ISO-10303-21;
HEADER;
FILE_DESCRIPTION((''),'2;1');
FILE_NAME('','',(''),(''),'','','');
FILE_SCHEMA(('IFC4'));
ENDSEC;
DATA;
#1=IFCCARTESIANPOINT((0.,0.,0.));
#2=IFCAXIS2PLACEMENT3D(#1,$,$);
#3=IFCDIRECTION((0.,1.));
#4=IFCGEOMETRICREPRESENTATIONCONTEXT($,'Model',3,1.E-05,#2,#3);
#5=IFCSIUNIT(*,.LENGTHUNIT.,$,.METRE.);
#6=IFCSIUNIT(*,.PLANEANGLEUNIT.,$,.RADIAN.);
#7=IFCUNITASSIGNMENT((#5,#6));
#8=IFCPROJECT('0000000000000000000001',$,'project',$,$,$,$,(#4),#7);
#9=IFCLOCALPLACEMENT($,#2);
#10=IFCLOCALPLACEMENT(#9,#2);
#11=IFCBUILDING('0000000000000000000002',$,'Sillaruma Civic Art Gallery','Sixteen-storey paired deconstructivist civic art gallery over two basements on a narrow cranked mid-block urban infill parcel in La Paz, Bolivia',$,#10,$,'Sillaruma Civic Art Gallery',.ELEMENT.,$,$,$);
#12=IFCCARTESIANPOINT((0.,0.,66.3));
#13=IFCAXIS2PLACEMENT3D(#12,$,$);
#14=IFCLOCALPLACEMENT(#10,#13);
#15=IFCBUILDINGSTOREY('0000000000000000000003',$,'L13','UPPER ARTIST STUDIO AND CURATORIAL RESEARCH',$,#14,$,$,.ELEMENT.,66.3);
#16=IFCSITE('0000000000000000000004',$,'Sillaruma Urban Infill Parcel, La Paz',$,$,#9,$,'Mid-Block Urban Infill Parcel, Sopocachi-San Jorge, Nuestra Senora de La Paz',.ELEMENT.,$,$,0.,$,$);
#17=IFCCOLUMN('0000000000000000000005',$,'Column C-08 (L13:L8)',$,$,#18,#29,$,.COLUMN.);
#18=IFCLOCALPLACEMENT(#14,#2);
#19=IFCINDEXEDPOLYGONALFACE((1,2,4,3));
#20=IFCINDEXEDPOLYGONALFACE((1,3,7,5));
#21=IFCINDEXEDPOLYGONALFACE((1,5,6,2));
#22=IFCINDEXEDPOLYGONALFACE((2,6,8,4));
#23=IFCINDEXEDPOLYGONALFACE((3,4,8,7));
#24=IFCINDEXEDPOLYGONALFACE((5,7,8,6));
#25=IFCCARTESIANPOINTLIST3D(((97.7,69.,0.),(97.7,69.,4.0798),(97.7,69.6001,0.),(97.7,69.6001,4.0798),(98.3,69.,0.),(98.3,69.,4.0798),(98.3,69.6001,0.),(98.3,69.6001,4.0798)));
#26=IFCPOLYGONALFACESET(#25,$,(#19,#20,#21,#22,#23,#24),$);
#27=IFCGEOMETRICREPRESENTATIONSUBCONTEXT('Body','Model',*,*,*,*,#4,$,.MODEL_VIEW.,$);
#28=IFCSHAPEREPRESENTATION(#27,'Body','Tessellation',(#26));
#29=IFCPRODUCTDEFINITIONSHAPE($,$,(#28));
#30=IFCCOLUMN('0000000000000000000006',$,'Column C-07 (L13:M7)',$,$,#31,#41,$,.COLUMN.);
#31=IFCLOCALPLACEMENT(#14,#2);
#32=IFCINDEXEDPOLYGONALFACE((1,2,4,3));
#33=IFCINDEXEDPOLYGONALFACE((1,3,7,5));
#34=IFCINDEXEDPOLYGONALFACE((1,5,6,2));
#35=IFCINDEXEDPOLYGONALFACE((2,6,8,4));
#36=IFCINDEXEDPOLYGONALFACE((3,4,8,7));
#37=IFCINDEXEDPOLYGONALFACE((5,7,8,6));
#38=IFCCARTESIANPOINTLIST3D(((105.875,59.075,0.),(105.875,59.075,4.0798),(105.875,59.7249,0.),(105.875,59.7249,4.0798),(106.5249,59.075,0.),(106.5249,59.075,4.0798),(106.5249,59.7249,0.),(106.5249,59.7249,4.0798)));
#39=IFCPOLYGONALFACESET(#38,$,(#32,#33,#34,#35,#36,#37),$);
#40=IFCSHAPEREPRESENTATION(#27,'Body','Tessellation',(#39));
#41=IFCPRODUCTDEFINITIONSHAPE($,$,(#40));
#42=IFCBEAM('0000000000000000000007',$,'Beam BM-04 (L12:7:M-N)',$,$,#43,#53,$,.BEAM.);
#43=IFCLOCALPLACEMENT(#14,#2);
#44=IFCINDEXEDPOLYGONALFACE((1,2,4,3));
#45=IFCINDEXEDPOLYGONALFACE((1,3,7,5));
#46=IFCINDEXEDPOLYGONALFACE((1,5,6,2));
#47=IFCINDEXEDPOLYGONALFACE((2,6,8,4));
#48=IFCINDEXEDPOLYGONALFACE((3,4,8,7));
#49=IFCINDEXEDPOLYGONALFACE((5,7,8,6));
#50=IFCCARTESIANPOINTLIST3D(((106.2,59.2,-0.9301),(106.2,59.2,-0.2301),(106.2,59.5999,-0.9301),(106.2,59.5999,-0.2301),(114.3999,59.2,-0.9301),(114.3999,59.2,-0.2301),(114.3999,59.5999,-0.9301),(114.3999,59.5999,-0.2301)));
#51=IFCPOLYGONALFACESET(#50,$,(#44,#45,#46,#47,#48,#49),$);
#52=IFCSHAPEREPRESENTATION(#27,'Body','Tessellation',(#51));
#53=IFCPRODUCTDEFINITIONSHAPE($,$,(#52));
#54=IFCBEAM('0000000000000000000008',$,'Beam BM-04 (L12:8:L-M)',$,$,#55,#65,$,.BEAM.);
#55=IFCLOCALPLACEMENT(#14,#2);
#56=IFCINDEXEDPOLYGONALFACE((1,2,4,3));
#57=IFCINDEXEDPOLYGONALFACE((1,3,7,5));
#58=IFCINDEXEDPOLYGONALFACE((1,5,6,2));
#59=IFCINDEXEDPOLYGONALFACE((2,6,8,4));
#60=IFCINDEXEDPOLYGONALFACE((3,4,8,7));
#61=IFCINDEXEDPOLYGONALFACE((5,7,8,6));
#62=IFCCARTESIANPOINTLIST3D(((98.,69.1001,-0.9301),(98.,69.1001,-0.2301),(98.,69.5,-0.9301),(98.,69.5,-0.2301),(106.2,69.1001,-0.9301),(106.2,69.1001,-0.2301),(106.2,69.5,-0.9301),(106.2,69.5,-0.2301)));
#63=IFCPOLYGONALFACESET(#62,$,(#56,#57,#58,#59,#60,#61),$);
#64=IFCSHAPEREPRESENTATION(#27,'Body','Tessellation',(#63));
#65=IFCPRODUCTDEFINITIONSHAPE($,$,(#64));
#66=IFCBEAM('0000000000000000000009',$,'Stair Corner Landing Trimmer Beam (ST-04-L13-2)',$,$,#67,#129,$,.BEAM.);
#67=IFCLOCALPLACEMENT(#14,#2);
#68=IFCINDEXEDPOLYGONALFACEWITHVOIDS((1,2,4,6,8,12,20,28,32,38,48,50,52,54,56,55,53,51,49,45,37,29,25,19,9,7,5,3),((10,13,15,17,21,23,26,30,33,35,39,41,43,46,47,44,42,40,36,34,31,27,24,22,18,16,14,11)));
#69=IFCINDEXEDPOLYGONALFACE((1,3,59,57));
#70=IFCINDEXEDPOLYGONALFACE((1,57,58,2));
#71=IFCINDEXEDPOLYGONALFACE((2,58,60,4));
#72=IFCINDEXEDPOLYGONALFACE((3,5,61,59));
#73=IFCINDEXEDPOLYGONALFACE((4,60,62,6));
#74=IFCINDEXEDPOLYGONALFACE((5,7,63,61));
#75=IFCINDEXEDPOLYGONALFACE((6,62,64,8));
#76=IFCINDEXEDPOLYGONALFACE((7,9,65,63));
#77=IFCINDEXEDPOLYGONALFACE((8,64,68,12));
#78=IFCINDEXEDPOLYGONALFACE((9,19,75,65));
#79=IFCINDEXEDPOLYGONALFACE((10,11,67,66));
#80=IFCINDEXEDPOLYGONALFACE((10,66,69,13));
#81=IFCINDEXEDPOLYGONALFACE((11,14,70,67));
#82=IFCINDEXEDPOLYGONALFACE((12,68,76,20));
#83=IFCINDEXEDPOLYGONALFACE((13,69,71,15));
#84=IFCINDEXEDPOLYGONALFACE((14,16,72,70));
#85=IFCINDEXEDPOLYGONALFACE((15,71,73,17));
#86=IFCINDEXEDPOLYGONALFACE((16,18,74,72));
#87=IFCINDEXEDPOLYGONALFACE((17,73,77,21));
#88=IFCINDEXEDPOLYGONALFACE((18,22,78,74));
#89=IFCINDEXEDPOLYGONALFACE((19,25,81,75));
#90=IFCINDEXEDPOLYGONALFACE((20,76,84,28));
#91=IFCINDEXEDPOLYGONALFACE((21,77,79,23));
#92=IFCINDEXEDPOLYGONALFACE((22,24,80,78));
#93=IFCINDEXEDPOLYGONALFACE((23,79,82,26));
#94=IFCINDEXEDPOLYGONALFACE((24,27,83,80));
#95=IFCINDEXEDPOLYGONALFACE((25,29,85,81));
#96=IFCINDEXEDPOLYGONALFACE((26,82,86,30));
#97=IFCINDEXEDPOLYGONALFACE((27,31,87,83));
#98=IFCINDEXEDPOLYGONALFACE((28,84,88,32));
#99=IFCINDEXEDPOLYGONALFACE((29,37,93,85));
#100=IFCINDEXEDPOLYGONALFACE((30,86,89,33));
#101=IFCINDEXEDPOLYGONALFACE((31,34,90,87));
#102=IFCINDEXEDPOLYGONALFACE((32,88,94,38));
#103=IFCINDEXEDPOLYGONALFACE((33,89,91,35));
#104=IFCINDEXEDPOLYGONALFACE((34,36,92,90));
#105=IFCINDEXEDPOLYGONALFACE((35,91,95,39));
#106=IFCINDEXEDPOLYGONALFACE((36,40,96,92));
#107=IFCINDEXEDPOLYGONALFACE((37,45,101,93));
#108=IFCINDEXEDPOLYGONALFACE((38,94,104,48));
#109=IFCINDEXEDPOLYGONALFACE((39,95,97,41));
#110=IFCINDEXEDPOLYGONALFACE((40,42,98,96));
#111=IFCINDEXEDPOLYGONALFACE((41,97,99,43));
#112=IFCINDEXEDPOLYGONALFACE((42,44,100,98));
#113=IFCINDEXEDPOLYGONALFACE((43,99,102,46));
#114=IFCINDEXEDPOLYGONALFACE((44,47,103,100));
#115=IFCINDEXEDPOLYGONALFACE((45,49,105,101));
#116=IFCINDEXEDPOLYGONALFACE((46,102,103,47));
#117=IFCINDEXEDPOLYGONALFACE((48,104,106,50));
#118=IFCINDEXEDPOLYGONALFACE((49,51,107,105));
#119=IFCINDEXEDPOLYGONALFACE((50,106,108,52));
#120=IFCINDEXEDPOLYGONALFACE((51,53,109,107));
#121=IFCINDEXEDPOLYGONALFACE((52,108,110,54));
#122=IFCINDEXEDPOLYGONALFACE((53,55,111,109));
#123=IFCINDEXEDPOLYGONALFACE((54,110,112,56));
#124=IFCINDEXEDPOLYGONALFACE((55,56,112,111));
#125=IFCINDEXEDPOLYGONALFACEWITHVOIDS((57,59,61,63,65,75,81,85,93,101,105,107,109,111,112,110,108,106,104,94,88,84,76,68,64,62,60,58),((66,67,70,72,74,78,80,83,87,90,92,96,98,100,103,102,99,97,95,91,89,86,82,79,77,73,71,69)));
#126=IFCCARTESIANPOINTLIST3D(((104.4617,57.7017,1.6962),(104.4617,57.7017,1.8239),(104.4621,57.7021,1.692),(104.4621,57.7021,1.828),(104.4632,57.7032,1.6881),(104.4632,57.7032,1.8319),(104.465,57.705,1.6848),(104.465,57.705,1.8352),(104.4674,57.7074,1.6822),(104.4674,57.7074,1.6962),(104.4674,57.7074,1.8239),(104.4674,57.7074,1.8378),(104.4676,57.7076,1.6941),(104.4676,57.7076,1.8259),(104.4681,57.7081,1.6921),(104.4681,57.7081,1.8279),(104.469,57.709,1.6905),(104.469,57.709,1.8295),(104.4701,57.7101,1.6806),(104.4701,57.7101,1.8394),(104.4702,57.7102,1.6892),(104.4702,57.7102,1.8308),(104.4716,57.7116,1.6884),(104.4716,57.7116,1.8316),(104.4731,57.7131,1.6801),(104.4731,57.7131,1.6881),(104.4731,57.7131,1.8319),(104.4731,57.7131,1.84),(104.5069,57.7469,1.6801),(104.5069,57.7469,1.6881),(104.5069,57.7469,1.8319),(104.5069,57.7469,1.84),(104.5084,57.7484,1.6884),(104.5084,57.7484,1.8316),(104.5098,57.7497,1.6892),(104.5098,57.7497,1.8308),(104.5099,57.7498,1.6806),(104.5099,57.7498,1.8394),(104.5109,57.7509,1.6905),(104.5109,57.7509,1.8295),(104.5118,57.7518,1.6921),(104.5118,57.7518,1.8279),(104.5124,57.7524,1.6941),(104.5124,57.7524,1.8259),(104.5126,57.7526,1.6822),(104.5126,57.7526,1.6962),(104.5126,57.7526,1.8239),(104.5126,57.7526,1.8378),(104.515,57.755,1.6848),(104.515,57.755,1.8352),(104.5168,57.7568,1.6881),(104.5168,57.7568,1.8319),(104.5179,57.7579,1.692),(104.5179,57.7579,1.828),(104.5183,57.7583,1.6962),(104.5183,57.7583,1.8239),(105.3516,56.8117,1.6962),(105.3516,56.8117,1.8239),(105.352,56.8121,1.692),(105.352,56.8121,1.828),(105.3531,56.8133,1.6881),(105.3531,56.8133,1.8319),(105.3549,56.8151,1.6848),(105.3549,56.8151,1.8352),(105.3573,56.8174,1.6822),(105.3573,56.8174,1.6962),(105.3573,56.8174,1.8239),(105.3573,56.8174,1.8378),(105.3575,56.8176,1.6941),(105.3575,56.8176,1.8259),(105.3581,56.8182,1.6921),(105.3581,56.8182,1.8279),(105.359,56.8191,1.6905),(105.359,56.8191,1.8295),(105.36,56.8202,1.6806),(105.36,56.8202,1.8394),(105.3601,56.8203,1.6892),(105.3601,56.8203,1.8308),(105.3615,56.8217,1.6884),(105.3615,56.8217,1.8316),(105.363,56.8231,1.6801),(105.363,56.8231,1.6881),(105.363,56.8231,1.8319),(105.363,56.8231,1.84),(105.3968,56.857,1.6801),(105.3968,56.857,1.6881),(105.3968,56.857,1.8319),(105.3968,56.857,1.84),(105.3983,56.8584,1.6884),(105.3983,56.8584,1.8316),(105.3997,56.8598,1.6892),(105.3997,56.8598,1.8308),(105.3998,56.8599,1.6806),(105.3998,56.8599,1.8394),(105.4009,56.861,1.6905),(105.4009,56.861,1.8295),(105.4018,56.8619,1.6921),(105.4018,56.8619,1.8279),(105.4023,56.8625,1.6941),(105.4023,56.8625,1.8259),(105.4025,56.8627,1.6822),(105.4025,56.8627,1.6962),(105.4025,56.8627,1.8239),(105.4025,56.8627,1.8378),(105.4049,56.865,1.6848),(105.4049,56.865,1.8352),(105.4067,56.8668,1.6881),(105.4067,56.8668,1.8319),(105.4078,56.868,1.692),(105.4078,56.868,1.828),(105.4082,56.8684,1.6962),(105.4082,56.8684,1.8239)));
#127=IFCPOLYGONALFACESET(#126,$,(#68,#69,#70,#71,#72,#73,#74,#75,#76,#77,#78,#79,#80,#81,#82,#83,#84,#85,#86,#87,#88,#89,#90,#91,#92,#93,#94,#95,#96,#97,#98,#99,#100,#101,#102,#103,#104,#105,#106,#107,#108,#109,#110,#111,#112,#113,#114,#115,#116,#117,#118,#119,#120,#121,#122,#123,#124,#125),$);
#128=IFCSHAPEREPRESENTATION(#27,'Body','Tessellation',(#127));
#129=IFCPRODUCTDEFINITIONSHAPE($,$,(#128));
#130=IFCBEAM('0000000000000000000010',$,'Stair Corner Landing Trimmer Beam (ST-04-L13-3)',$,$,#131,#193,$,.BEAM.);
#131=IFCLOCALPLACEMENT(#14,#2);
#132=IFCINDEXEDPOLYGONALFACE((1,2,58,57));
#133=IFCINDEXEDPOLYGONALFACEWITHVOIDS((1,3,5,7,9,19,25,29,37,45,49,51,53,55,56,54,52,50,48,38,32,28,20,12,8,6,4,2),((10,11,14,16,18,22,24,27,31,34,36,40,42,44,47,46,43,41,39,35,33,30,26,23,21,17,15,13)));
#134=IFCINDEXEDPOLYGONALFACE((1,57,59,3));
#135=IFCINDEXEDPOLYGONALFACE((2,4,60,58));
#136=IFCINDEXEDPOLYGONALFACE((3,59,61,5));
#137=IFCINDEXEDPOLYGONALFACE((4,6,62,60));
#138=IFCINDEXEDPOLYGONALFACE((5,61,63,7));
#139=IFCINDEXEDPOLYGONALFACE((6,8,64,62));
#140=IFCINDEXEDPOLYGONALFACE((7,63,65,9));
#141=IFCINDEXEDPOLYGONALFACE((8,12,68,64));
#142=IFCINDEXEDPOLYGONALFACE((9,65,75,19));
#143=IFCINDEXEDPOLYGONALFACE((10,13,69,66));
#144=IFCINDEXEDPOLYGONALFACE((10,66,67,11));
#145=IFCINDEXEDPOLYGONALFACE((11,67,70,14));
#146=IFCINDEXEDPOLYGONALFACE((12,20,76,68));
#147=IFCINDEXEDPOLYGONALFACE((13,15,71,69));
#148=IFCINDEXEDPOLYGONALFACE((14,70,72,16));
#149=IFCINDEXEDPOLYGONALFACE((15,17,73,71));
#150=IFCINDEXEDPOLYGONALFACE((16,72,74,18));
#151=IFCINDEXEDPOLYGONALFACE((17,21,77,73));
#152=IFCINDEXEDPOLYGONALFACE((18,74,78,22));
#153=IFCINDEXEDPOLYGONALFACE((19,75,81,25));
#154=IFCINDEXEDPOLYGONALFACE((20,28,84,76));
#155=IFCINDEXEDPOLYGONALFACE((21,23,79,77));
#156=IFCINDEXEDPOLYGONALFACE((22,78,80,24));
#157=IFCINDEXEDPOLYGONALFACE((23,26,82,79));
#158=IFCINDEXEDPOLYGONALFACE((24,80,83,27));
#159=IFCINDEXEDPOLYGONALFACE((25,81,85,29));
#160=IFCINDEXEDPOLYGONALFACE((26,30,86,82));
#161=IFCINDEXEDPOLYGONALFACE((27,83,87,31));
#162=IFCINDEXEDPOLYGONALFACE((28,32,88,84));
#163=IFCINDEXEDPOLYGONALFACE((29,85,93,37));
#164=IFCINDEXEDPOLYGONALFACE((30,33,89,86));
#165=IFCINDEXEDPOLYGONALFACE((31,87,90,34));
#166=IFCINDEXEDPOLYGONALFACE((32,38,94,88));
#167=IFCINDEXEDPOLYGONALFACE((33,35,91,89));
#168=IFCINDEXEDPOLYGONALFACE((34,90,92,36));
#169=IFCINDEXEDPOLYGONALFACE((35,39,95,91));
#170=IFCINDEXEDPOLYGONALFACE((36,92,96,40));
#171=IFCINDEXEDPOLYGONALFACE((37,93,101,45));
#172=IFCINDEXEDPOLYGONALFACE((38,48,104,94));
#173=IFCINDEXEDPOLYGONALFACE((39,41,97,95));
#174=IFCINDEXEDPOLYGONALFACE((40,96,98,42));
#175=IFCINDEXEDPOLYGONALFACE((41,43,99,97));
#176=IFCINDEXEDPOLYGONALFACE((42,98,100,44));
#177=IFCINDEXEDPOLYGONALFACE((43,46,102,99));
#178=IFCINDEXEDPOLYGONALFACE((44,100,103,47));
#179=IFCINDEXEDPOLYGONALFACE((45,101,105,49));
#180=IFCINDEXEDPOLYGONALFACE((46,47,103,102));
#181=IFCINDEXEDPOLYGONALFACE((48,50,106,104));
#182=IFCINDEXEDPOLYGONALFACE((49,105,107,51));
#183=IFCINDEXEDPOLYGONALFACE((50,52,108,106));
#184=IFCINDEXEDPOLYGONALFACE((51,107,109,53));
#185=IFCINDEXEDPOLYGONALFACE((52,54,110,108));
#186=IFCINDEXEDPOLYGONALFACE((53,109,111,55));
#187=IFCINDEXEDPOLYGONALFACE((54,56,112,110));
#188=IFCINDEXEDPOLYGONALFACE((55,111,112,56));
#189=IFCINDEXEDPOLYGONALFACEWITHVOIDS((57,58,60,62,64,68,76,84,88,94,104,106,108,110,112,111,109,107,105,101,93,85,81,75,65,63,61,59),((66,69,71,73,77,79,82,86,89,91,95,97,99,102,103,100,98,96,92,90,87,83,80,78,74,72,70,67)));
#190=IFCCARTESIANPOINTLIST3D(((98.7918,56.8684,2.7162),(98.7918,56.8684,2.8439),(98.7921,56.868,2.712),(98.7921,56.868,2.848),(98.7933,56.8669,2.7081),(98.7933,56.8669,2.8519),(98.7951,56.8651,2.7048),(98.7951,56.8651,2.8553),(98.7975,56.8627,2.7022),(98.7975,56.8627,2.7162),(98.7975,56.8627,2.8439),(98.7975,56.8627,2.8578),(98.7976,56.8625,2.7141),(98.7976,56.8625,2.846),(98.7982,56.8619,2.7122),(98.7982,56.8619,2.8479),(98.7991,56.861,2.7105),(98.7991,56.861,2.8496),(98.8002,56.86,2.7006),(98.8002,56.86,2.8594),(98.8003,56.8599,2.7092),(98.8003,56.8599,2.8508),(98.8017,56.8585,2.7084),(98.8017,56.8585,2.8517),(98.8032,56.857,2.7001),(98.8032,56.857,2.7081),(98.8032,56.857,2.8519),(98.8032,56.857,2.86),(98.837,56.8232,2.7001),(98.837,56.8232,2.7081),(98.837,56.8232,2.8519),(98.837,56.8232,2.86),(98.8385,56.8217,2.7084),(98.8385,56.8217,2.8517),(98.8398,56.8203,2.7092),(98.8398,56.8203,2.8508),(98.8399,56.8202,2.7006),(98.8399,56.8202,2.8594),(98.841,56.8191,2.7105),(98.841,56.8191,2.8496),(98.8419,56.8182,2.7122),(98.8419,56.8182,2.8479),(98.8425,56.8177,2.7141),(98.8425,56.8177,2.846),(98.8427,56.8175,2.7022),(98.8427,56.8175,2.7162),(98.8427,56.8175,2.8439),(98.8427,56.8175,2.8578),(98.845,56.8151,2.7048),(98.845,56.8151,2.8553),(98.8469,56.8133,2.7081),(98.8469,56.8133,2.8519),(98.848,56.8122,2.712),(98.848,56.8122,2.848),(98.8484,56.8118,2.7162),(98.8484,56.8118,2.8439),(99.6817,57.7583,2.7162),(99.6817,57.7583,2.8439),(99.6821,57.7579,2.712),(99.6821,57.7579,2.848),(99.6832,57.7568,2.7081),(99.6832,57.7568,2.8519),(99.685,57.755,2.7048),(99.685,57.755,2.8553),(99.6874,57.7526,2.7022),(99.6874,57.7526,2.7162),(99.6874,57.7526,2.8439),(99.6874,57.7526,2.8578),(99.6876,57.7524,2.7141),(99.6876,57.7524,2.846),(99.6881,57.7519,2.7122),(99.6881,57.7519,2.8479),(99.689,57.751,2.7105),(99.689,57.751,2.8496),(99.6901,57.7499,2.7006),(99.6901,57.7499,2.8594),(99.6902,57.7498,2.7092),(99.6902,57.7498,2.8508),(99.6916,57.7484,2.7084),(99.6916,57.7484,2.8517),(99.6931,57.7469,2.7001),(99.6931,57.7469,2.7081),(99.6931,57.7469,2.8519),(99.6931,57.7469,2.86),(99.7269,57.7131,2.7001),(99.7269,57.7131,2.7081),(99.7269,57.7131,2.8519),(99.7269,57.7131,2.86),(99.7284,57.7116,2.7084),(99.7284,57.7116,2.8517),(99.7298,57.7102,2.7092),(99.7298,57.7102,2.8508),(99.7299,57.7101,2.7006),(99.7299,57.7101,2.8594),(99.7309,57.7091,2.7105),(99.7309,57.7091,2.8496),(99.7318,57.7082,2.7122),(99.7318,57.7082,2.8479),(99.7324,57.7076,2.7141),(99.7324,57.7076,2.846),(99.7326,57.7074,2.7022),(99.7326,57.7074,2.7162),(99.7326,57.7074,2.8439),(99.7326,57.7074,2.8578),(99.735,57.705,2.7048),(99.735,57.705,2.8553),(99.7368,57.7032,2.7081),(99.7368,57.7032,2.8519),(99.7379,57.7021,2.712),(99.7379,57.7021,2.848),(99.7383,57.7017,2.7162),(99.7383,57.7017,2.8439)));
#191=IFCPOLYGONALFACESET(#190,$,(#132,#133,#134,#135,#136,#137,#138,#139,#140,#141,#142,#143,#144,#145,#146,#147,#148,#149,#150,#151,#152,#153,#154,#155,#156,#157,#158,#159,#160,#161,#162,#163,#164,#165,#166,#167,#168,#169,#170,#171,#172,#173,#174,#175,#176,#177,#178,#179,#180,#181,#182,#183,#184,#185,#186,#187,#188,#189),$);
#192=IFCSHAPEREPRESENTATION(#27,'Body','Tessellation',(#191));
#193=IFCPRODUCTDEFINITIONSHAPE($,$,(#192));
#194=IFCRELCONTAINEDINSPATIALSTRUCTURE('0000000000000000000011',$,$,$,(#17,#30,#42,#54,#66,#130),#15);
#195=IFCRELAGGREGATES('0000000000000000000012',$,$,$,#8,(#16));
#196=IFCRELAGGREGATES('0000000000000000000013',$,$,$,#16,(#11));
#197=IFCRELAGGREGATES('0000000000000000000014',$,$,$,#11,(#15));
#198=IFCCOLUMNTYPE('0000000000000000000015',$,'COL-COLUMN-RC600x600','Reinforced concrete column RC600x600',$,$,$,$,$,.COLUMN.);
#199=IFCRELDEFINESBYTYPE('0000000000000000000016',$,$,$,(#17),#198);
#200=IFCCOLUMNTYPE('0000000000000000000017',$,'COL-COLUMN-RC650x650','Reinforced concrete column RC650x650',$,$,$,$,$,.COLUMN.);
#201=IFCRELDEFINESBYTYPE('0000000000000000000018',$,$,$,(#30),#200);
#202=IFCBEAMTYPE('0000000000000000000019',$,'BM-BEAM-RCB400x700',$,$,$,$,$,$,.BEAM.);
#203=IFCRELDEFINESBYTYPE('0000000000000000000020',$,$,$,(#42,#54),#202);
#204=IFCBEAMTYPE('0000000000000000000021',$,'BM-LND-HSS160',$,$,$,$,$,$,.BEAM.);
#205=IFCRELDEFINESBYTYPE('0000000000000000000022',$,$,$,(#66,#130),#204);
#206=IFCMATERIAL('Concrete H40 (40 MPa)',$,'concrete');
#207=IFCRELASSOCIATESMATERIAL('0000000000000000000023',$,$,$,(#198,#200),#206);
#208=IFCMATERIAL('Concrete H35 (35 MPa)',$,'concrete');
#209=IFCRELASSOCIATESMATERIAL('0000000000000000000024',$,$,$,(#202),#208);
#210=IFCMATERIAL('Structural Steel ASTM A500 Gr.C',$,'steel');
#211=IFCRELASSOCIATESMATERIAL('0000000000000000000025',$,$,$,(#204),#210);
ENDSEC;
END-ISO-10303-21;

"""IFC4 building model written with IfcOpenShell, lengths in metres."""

from ifc_helpers import new_model, si_unit, direction, frame, origin, origin_2d, place, context, subcontext, project, spatial, rectangle, hollow_rectangle, extrude, material, material_profile, profile_set, type_object, element, save


model = new_model("IFC4")

# Units and contexts
model_context = context("Model", 3, precision=1e-05, world=origin(), true_north=direction((0.0, 1.0)))
body_context = subcontext(model_context, "Body", "Model", "MODEL_VIEW")
ifc_project = project(units=[si_unit("LENGTHUNIT", "METRE"), si_unit("PLANEANGLEUNIT", "RADIAN")], contexts=[model_context])

# Site, building, storey
site_placement = place(None, origin())
site = spatial("IfcSite", under=ifc_project, at=site_placement, Name="Sillaruma Urban Infill Parcel, La Paz", LongName="Mid-Block Urban Infill Parcel, Sopocachi-San Jorge, Nuestra Senora de La Paz", CompositionType="ELEMENT", RefElevation=0.0)
building_placement = place(site_placement, origin())
building = spatial("IfcBuilding", under=site, at=building_placement, Name="Sillaruma Civic Art Gallery", Description="Sixteen-storey paired deconstructivist civic art gallery over two basements on a narrow cranked mid-block urban infill parcel in La Paz, Bolivia", LongName="Sillaruma Civic Art Gallery", CompositionType="ELEMENT")
storey_placement = place(building_placement, frame((0.0, 0.0, 66.3)))
storey = spatial("IfcBuildingStorey", under=building, at=storey_placement, Name="L13", Description="UPPER ARTIST STUDIO AND CURATORIAL RESEARCH", CompositionType="ELEMENT", Elevation=66.3)

# Columns
ifc_material_1 = material(Name="Concrete H40 (40 MPa)", Category="concrete")
ifc_material_profile_1 = material_profile(ifc_material_1, rectangle(XDim=0.6001, YDim=0.6001, at=origin_2d()), Name="RC600x600")
ifc_profile_set_1 = profile_set([ifc_material_profile_1], Name="Concrete H40 (40 MPa)")
column_type_1 = type_object("IfcColumnType", Name="COL-COLUMN-RC600x600", Description="Reinforced concrete column RC600x600", PredefinedType="COLUMN", material=ifc_profile_set_1)
column_1_placement = place(storey_placement, frame((98.0, 69.3, 0.0), z_axis=(0.0, 0.0, 1.0), x_axis=(1.0, 0.0, 0.0)))
element("IfcColumn", 1, at=column_1_placement, inside=storey, type_object=column_type_1, Name="Column C-08 (L13:L8)", PredefinedType="COLUMN", context=body_context, shape_type="SweptSolid", body=[
    extrude(rectangle(XDim=0.6001, YDim=0.6001, at=origin_2d()), origin(), (0.0, 0.0, 1.0), 4.0798),
])
ifc_material_profile_2 = material_profile(ifc_material_1, rectangle(XDim=0.6499, YDim=0.6499, at=origin_2d()), Name="RC650x650")
ifc_profile_set_2 = profile_set([ifc_material_profile_2], Name="Concrete H40 (40 MPa)")
column_type_2 = type_object("IfcColumnType", Name="COL-COLUMN-RC650x650", Description="Reinforced concrete column RC650x650", PredefinedType="COLUMN", material=ifc_profile_set_2)
column_2_placement = place(storey_placement, frame((106.2, 59.3999, 0.0), z_axis=(0.0, 0.0, 1.0), x_axis=(1.0, 0.0, 0.0)))
element("IfcColumn", 2, at=column_2_placement, inside=storey, type_object=column_type_2, Name="Column C-07 (L13:M7)", PredefinedType="COLUMN", context=body_context, shape_type="SweptSolid", body=[
    extrude(rectangle(XDim=0.6499, YDim=0.6499, at=origin_2d()), origin(), (0.0, 0.0, 1.0), 4.0798),
])

# Beams
ifc_material_2 = material(Name="Concrete H35 (35 MPa)", Category="concrete")
ifc_material_profile_3 = material_profile(ifc_material_2, rectangle(XDim=0.3999, YDim=0.7, at=origin_2d()), Name="RCB400x700")
ifc_profile_set_3 = profile_set([ifc_material_profile_3], Name="Concrete H35 (35 MPa)")
beam_type_1 = type_object("IfcBeamType", Name="BM-BEAM-RCB400x700", PredefinedType="BEAM", material=ifc_profile_set_3)
for number, where, z_axis, x_axis, name in (
    (3, (106.2, 59.3999, -0.5801), (1.0, 0.0, 0.0), (0.0, 1.0, 0.0), "Beam BM-04 (L12:7:M-N)"),
    (4, (98.0, 69.3, -0.5801), (1.0, 0.0, 0.0), (0.0, 1.0, 0.0), "Beam BM-04 (L12:8:L-M)"),
):
    element("IfcBeam", number, at=place(storey_placement, frame(where, z_axis=z_axis, x_axis=x_axis)), inside=storey, type_object=beam_type_1, Name=name, PredefinedType="BEAM", context=body_context, shape_type="SweptSolid", body=[
        extrude(rectangle(XDim=0.3999, YDim=0.7, at=origin_2d()), origin(), (0.0, 0.0, 1.0), 8.2),
    ])
ifc_material_3 = material(Name="Structural Steel ASTM A500 Gr.C", Category="steel")
ifc_material_profile_4 = material_profile(ifc_material_3, hollow_rectangle(XDim=0.0801, YDim=0.1599, WallThickness=0.0081, InnerFilletRadius=0.0081, OuterFilletRadius=0.0161, at=origin_2d()), Name="HSS160x80x8")
ifc_profile_set_4 = profile_set([ifc_material_profile_4], Name="Structural Steel ASTM A500 Gr.C")
beam_type_2 = type_object("IfcBeamType", Name="BM-LND-HSS160", PredefinedType="BEAM", material=ifc_profile_set_4)
for number, where, z_axis, x_axis, name in (
    (5, (104.49, 57.73, 1.76), (0.707107, -0.707107, 0.0), (0.707107, 0.707107, 0.0), "Stair Corner Landing Trimmer Beam (ST-04-L13-2)"),
    (6, (98.8201, 56.8401, 2.78), (0.707107, 0.707107, 0.0), (-0.707107, 0.707107, 0.0), "Stair Corner Landing Trimmer Beam (ST-04-L13-3)"),
):
    element("IfcBeam", number, at=place(storey_placement, frame(where, z_axis=z_axis, x_axis=x_axis)), inside=storey, type_object=beam_type_2, Name=name, PredefinedType="BEAM", context=body_context, shape_type="SweptSolid", body=[
        extrude(hollow_rectangle(XDim=0.0801, YDim=0.1599, WallThickness=0.0081, InnerFilletRadius=0.0081, OuterFilletRadius=0.0161, at=origin_2d()), origin(), (0.0, 0.0, 1.0), 1.2585),
    ])

save(model, "model.ifc")
